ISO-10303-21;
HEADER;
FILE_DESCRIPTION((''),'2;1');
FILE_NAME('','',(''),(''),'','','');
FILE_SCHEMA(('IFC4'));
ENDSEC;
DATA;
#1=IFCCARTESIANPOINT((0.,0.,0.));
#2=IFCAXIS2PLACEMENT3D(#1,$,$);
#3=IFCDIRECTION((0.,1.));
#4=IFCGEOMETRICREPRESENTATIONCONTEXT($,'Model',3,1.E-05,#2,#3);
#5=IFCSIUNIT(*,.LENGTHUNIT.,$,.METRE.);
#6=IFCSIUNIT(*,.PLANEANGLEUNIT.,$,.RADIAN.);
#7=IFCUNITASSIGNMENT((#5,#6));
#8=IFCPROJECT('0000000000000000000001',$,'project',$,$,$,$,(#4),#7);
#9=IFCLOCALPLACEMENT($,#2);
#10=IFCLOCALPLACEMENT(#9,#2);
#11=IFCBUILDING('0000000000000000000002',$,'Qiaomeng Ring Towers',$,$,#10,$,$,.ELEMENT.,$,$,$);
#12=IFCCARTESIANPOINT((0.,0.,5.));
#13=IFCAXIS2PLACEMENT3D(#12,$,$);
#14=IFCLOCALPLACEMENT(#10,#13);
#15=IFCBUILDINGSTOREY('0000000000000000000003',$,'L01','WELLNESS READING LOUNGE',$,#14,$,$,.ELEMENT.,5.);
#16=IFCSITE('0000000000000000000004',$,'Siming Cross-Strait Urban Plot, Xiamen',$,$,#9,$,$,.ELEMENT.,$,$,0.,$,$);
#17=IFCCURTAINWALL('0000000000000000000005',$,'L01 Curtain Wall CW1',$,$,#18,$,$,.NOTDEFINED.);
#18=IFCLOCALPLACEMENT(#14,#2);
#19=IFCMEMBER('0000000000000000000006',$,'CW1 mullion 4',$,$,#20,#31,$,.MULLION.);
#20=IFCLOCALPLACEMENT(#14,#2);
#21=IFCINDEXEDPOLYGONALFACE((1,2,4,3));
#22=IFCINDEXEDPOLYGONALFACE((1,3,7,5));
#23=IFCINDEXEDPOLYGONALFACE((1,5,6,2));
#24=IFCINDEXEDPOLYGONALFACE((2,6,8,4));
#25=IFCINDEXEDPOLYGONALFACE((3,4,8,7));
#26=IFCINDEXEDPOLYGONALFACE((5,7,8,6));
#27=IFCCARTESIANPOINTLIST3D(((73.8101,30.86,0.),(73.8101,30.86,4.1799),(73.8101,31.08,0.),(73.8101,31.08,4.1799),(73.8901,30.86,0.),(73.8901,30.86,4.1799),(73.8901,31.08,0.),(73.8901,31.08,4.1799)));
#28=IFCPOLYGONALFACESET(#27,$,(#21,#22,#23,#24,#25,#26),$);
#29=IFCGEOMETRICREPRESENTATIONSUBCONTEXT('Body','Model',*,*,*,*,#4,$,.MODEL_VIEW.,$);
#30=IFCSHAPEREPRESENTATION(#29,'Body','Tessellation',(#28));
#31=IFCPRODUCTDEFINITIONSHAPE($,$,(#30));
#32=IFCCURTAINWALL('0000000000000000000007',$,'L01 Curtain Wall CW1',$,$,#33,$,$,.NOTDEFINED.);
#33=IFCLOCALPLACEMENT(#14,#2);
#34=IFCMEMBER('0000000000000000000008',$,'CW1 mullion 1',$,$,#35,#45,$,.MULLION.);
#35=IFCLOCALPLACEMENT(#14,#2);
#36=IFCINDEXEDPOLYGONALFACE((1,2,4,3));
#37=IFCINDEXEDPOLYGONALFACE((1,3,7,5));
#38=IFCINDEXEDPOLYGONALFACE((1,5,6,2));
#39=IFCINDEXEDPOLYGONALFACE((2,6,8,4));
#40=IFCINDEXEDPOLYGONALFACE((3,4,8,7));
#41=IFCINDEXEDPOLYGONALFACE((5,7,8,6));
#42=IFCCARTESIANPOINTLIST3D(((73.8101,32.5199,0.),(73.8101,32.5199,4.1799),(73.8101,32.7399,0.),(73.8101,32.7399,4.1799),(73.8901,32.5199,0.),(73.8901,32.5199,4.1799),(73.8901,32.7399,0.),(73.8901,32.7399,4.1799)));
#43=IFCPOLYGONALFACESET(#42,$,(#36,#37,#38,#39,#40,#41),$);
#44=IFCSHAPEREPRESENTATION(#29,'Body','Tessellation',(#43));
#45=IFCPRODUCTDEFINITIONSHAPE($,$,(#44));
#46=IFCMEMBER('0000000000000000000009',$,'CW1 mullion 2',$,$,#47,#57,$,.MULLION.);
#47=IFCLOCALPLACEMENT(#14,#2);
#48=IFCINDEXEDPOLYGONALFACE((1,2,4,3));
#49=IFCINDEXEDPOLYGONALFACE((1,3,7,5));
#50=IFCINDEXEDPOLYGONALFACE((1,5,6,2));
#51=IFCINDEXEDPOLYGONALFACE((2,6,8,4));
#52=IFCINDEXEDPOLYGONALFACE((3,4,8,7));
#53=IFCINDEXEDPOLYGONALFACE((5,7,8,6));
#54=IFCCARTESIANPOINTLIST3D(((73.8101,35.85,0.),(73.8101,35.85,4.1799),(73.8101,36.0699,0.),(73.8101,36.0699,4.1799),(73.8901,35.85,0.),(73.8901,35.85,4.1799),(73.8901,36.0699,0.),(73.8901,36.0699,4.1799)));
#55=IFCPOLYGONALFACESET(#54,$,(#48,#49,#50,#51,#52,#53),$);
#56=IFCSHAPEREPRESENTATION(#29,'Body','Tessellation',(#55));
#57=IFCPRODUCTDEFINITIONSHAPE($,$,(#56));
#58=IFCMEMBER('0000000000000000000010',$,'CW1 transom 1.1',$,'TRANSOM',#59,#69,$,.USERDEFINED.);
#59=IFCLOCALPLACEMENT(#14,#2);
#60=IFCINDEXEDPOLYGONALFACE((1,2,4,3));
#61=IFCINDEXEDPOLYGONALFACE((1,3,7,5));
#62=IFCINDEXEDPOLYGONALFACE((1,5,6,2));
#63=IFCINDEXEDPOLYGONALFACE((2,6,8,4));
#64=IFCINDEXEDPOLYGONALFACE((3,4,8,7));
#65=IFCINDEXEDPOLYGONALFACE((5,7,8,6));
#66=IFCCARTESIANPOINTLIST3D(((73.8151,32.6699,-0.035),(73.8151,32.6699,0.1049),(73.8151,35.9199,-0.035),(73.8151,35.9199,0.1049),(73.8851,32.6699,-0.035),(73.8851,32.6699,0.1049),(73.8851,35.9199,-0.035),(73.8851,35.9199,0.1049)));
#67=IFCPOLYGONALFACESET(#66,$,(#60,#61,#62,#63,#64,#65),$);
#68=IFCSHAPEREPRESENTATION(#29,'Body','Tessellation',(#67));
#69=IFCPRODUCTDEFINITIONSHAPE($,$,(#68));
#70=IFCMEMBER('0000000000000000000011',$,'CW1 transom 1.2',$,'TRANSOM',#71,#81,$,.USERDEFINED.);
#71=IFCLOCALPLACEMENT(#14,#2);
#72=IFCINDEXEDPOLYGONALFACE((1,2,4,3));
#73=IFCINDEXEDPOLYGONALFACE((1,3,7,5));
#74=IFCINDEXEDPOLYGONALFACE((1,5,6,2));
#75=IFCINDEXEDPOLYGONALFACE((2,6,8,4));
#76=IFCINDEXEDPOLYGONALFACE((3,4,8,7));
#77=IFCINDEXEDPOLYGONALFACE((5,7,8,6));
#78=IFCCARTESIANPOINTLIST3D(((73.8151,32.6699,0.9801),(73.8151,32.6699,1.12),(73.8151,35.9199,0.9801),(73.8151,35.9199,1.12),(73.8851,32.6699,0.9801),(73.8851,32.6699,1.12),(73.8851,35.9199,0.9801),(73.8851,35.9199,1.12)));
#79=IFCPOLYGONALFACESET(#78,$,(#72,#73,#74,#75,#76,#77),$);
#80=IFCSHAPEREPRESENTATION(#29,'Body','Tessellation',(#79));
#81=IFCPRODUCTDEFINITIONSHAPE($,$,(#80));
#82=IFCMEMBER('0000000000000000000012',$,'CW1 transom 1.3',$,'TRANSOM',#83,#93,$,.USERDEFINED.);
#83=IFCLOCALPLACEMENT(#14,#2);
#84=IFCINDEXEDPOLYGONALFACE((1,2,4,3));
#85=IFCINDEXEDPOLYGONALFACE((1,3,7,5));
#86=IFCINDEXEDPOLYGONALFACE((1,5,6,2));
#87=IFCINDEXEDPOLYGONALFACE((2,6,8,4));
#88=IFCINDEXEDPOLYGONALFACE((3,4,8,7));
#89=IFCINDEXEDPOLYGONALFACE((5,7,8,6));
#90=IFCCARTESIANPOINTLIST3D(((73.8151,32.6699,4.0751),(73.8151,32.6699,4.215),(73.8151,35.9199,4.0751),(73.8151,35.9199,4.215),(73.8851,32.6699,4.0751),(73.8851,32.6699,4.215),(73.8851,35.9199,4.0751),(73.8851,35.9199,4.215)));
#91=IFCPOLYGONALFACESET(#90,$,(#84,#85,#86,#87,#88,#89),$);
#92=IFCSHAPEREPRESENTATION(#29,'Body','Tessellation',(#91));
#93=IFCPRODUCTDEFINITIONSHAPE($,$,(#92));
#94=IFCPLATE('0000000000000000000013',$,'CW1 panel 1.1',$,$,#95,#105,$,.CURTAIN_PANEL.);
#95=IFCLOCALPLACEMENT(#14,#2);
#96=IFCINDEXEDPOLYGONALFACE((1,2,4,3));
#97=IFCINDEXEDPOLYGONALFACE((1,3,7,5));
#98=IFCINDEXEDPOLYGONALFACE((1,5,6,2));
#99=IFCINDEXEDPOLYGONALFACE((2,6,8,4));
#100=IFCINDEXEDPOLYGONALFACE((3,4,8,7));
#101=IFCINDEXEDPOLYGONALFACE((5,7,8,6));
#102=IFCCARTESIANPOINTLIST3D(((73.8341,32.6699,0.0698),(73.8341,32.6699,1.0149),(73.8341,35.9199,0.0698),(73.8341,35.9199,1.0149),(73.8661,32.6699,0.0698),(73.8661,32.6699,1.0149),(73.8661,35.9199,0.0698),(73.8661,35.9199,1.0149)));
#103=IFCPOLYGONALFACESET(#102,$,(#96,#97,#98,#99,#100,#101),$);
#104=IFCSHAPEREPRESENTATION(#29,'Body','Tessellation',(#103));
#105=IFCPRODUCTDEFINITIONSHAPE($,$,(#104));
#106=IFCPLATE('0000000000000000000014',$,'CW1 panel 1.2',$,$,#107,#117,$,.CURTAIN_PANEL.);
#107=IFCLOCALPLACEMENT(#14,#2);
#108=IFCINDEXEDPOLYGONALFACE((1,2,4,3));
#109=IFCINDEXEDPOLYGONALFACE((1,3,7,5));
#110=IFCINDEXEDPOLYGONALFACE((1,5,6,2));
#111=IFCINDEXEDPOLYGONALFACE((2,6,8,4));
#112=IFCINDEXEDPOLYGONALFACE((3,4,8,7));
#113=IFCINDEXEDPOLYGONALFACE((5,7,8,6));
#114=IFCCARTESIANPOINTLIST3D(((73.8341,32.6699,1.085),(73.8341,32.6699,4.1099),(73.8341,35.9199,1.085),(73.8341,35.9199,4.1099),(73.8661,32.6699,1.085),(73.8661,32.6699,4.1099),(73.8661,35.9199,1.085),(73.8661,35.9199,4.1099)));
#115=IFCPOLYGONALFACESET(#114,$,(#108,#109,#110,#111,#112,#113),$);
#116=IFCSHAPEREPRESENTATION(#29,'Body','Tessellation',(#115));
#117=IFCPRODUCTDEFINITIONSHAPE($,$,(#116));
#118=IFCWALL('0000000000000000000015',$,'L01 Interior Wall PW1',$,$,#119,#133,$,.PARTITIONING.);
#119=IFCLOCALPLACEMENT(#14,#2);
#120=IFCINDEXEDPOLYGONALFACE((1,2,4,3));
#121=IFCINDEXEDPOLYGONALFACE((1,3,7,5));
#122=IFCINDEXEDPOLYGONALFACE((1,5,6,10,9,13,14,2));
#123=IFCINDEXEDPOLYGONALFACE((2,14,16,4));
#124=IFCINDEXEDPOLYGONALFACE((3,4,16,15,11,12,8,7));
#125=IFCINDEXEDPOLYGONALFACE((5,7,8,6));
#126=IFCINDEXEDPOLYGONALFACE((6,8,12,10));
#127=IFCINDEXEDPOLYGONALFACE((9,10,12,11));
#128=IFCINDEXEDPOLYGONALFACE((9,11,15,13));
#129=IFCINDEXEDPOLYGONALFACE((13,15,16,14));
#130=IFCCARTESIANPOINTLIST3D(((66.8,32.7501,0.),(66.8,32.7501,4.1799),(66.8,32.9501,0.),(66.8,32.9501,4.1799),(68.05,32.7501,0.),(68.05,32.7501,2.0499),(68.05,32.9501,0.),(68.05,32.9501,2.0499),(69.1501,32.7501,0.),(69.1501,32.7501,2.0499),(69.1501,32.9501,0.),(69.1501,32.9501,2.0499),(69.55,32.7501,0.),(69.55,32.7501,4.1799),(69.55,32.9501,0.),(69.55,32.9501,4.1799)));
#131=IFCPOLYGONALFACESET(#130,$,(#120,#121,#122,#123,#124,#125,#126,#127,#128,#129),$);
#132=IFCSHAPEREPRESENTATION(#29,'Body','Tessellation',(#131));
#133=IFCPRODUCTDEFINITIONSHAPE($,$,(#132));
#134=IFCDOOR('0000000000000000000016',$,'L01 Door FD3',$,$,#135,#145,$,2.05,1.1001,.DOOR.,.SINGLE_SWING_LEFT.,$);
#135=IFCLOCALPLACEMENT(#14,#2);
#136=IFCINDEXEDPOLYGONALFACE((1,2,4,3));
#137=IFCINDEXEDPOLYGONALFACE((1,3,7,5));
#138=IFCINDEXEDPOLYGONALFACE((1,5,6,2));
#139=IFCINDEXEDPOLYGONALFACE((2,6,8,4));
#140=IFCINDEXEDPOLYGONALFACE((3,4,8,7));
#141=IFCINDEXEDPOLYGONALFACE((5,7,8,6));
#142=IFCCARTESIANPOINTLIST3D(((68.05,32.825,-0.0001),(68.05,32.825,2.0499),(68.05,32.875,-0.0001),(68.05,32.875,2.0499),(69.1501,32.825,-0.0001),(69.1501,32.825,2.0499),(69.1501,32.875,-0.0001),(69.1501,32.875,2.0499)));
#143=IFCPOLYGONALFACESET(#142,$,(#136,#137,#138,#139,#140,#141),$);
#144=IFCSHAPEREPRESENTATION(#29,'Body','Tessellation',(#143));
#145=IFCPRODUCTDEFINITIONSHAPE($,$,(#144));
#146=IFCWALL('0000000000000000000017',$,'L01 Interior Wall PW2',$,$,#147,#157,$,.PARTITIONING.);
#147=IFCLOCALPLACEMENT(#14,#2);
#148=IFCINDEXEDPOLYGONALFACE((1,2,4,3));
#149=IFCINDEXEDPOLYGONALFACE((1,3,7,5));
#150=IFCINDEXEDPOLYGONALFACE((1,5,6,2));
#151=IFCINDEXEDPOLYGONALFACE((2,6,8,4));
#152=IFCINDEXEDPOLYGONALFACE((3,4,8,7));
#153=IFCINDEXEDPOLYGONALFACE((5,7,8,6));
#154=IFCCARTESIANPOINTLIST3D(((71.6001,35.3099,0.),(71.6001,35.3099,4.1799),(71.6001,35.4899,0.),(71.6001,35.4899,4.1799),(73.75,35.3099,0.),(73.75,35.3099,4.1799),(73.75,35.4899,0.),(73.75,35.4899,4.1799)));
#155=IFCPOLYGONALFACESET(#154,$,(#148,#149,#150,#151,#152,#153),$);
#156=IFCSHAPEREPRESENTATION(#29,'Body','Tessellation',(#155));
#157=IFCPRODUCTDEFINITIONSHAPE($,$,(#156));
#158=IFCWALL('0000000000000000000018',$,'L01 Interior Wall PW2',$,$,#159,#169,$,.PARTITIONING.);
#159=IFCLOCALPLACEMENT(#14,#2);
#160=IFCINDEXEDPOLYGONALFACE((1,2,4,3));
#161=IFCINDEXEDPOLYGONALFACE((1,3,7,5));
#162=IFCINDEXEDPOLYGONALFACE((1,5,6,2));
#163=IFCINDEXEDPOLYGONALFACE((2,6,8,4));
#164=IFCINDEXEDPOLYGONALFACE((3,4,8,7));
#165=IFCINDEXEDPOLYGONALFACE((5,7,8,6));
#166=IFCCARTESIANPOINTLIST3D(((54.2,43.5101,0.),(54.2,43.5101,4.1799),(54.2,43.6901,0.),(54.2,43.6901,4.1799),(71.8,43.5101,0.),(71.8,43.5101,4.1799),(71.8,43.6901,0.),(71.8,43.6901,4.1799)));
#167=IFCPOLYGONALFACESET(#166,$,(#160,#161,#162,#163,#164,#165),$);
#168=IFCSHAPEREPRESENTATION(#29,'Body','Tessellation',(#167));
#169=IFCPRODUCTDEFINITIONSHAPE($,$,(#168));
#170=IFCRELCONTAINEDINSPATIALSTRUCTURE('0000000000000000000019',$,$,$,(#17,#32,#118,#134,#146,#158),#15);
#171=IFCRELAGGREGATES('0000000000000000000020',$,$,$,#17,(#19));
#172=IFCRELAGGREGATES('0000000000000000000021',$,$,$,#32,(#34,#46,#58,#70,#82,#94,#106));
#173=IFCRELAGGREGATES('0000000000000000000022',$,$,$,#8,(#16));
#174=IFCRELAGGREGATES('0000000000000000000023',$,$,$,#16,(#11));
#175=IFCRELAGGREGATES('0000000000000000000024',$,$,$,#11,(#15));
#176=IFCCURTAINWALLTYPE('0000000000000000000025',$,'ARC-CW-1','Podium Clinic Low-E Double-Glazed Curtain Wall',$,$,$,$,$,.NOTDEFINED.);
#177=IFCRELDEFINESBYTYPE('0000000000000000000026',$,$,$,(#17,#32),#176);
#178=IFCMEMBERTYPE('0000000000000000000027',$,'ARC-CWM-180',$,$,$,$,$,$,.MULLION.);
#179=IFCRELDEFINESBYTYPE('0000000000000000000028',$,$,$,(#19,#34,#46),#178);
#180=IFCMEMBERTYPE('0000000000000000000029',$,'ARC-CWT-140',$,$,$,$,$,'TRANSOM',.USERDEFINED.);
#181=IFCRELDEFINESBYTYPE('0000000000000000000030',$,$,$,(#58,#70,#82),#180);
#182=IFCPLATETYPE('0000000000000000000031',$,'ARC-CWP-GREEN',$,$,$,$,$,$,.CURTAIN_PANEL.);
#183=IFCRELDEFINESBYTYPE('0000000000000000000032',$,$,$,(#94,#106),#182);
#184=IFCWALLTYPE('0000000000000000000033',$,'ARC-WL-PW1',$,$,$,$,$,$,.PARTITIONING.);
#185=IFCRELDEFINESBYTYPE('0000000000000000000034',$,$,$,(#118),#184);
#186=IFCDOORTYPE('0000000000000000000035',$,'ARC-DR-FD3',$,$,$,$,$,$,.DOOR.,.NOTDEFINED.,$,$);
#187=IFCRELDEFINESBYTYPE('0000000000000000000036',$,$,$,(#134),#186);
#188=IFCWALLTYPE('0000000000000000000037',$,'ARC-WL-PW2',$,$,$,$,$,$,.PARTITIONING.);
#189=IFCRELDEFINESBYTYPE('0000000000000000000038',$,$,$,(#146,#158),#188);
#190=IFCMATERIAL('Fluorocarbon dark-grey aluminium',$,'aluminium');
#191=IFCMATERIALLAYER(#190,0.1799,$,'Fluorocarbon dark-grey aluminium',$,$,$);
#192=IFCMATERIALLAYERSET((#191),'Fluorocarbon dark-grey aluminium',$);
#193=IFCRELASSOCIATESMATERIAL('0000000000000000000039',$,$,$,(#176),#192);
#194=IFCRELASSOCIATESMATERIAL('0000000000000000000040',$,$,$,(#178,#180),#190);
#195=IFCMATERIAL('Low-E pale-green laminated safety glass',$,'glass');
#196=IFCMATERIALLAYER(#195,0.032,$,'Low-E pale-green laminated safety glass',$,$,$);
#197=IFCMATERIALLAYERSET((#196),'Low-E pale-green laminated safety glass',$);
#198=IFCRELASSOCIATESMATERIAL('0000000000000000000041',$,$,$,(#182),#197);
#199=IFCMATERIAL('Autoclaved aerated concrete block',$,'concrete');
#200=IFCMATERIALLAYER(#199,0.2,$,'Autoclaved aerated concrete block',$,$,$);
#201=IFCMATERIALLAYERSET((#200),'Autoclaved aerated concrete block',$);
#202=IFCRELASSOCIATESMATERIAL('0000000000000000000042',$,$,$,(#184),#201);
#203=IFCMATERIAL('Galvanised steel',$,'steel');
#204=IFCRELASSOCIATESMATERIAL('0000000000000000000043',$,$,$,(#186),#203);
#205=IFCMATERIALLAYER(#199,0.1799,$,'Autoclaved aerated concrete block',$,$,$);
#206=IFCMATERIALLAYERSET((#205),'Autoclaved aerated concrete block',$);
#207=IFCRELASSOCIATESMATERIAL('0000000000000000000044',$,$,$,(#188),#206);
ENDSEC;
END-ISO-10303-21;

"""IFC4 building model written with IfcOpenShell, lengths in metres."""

from ifc_helpers import new_model, si_unit, direction, frame, frame_2d, origin, origin_2d, place, context, subcontext, project, spatial, rectangle, extrude, source, transform, mapped, material, layer, layer_set, material_profile, profile_set, type_object, element, fill, aggregate, save


model = new_model("IFC4")

# Units and contexts
model_context = context("Model", 3, precision=1e-05, world=origin(), true_north=direction((0.0, 1.0)))
body_context = subcontext(model_context, "Body", "Model", "MODEL_VIEW")
ifc_project = project(units=[si_unit("LENGTHUNIT", "METRE"), si_unit("PLANEANGLEUNIT", "RADIAN")], contexts=[model_context])

# Site, building, storey
site_placement = place(None, origin())
site = spatial("IfcSite", under=ifc_project, at=site_placement, Name="Siming Cross-Strait Urban Plot, Xiamen", CompositionType="ELEMENT", RefElevation=0.0)
building_placement = place(site_placement, origin())
building = spatial("IfcBuilding", under=site, at=building_placement, Name="Qiaomeng Ring Towers", CompositionType="ELEMENT")
storey_placement = place(building_placement, frame((0.0, 0.0, 5.0)))
storey = spatial("IfcBuildingStorey", under=building, at=storey_placement, Name="L01", Description="WELLNESS READING LOUNGE", CompositionType="ELEMENT", Elevation=5.0)

# Curtain wall, member
ifc_material_1 = material(Name="Fluorocarbon dark-grey aluminium", Category="aluminium")
ifc_layer_1 = layer(ifc_material_1, 0.1799, Name="Fluorocarbon dark-grey aluminium")
ifc_layer_set_1 = layer_set([ifc_layer_1], Name="Fluorocarbon dark-grey aluminium")
curtain_wall_type = type_object("IfcCurtainWallType", Name="ARC-CW-1", Description="Podium Clinic Low-E Double-Glazed Curtain Wall", PredefinedType="NOTDEFINED", material=ifc_layer_set_1)
curtain_wall_1_placement = place(storey_placement, origin())
curtain_wall_1 = element("IfcCurtainWall", 1, at=curtain_wall_1_placement, inside=storey, type_object=curtain_wall_type, Name="L01 Curtain Wall CW1", PredefinedType="NOTDEFINED")
ifc_material_profile_1 = material_profile(ifc_material_1, rectangle(XDim=0.0801, YDim=0.22, at=origin_2d()), Name="ALU MULL 80x220")
ifc_profile_set_1 = profile_set([ifc_material_profile_1], Name="Fluorocarbon dark-grey aluminium")
member_type_1 = type_object("IfcMemberType", Name="ARC-CWM-180", PredefinedType="MULLION", material=ifc_profile_set_1)
shared_shape_1 = source(origin(), body_context, "Body", "SweptSolid", [
    extrude(rectangle(XDim=0.0801, YDim=0.22, at=origin_2d()), origin(), (0.0, 0.0, 1.0), 4.1799),
])
member_1_placement = place(storey_placement, frame((73.8501, 30.97, 0.0), z_axis=(0.0, 0.0, 1.0), x_axis=(-1.0, 0.0, 0.0)))
member_1 = element("IfcMember", 2, at=member_1_placement, type_object=member_type_1, Name="CW1 mullion 4", PredefinedType="MULLION", context=body_context, shape_type="MappedRepresentation", body=[
    mapped(shared_shape_1, transform((0.0, 0.0, 0.0), x_axis=(1.0, 0.0, 0.0), y_axis=(0.0, 1.0, 0.0), z_axis=(0.0, 0.0, 1.0), scale=1.0)),
])
aggregate(curtain_wall_1, [member_1])

# Curtain wall, members, plates
curtain_wall_2_placement = place(storey_placement, origin())
curtain_wall_2 = element("IfcCurtainWall", 3, at=curtain_wall_2_placement, inside=storey, type_object=curtain_wall_type, Name="L01 Curtain Wall CW1", PredefinedType="NOTDEFINED")
member_2_placement = place(storey_placement, frame((73.8501, 32.6299, 0.0), z_axis=(0.0, 0.0, 1.0), x_axis=(-1.0, 0.0, 0.0)))
member_2 = element("IfcMember", 4, at=member_2_placement, type_object=member_type_1, Name="CW1 mullion 1", PredefinedType="MULLION", context=body_context, shape_type="MappedRepresentation", body=[
    mapped(shared_shape_1, transform((0.0, 0.0, 0.0), x_axis=(1.0, 0.0, 0.0), y_axis=(0.0, 1.0, 0.0), z_axis=(0.0, 0.0, 1.0), scale=1.0)),
])
member_3_placement = place(storey_placement, frame((73.8501, 35.96, 0.0), z_axis=(0.0, 0.0, 1.0), x_axis=(-1.0, 0.0, 0.0)))
member_3 = element("IfcMember", 5, at=member_3_placement, type_object=member_type_1, Name="CW1 mullion 2", PredefinedType="MULLION", context=body_context, shape_type="MappedRepresentation", body=[
    mapped(shared_shape_1, transform((0.0, 0.0, 0.0), x_axis=(1.0, 0.0, 0.0), y_axis=(0.0, 1.0, 0.0), z_axis=(0.0, 0.0, 1.0), scale=1.0)),
])
ifc_material_profile_2 = material_profile(ifc_material_1, rectangle(XDim=0.0701, YDim=0.1399, at=origin_2d()), Name="ALU TRAN 70x140")
ifc_profile_set_2 = profile_set([ifc_material_profile_2], Name="Fluorocarbon dark-grey aluminium")
member_type_2 = type_object("IfcMemberType", Name="ARC-CWT-140", ElementType="TRANSOM", PredefinedType="USERDEFINED", material=ifc_profile_set_2)
shared_shape_2 = source(origin(), body_context, "Body", "SweptSolid", [
    extrude(rectangle(XDim=0.0701, YDim=0.1399, at=origin_2d()), origin(), (0.0, 0.0, 1.0), 3.25),
])
member_4_placement = place(storey_placement, frame((73.8501, 32.6699, 0.0349), z_axis=(0.0, 1.0, 0.0), x_axis=(-1.0, 0.0, 0.0)))
member_4 = element("IfcMember", 6, at=member_4_placement, type_object=member_type_2, Name="CW1 transom 1.1", ObjectType="TRANSOM", PredefinedType="USERDEFINED", context=body_context, shape_type="MappedRepresentation", body=[
    mapped(shared_shape_2, transform((0.0, 0.0, 0.0), x_axis=(1.0, 0.0, 0.0), y_axis=(0.0, 1.0, 0.0), z_axis=(0.0, 0.0, 1.0), scale=1.0)),
])
member_5_placement = place(storey_placement, frame((73.8501, 32.6699, 1.05), z_axis=(0.0, 1.0, 0.0), x_axis=(-1.0, 0.0, 0.0)))
member_5 = element("IfcMember", 7, at=member_5_placement, type_object=member_type_2, Name="CW1 transom 1.2", ObjectType="TRANSOM", PredefinedType="USERDEFINED", context=body_context, shape_type="MappedRepresentation", body=[
    mapped(shared_shape_2, transform((0.0, 0.0, 0.0), x_axis=(1.0, 0.0, 0.0), y_axis=(0.0, 1.0, 0.0), z_axis=(0.0, 0.0, 1.0), scale=1.0)),
])
member_6_placement = place(storey_placement, frame((73.8501, 32.6699, 4.145), z_axis=(0.0, 1.0, 0.0), x_axis=(-1.0, 0.0, 0.0)))
member_6 = element("IfcMember", 8, at=member_6_placement, type_object=member_type_2, Name="CW1 transom 1.3", ObjectType="TRANSOM", PredefinedType="USERDEFINED", context=body_context, shape_type="MappedRepresentation", body=[
    mapped(shared_shape_2, transform((0.0, 0.0, 0.0), x_axis=(1.0, 0.0, 0.0), y_axis=(0.0, 1.0, 0.0), z_axis=(0.0, 0.0, 1.0), scale=1.0)),
])
ifc_material_2 = material(Name="Low-E pale-green laminated safety glass", Category="glass")
ifc_layer_2 = layer(ifc_material_2, 0.032, Name="Low-E pale-green laminated safety glass")
ifc_layer_set_2 = layer_set([ifc_layer_2], Name="Low-E pale-green laminated safety glass")
plate_type = type_object("IfcPlateType", Name="ARC-CWP-GREEN", PredefinedType="CURTAIN_PANEL", material=ifc_layer_set_2)
shared_shape_3 = source(origin(), body_context, "Body", "SweptSolid", [
    extrude(rectangle(XDim=3.25, YDim=0.032, at=origin_2d()), origin(), (0.0, 0.0, 1.0), 0.9451),
])
plate_1_placement = place(storey_placement, frame((73.8501, 34.2949, 0.0698), z_axis=(0.0, 0.0, 1.0), x_axis=(0.0, 1.0, 0.0)))
plate_1 = element("IfcPlate", 9, at=plate_1_placement, type_object=plate_type, Name="CW1 panel 1.1", PredefinedType="CURTAIN_PANEL", context=body_context, shape_type="MappedRepresentation", body=[
    mapped(shared_shape_3, transform((0.0, 0.0, 0.0), x_axis=(1.0, 0.0, 0.0), y_axis=(0.0, 1.0, 0.0), z_axis=(0.0, 0.0, 1.0), scale=1.0)),
])
shared_shape_4 = source(origin(), body_context, "Body", "SweptSolid", [
    extrude(rectangle(XDim=3.25, YDim=0.032, at=origin_2d()), origin(), (0.0, 0.0, 1.0), 3.0249),
])
plate_2_placement = place(storey_placement, frame((73.8501, 34.2949, 1.085), z_axis=(0.0, 0.0, 1.0), x_axis=(0.0, 1.0, 0.0)))
plate_2 = element("IfcPlate", 10, at=plate_2_placement, type_object=plate_type, Name="CW1 panel 1.2", PredefinedType="CURTAIN_PANEL", context=body_context, shape_type="MappedRepresentation", body=[
    mapped(shared_shape_4, transform((0.0, 0.0, 0.0), x_axis=(1.0, 0.0, 0.0), y_axis=(0.0, 1.0, 0.0), z_axis=(0.0, 0.0, 1.0), scale=1.0)),
])
aggregate(curtain_wall_2, [member_2, member_3, member_4, member_5, member_6, plate_1, plate_2])

# Wall, opening, door
ifc_material_3 = material(Name="Autoclaved aerated concrete block", Category="concrete")
ifc_layer_3 = layer(ifc_material_3, 0.2, Name="Autoclaved aerated concrete block")
ifc_layer_set_3 = layer_set([ifc_layer_3], Name="Autoclaved aerated concrete block")
wall_type_1 = type_object("IfcWallType", Name="ARC-WL-PW1", PredefinedType="PARTITIONING", material=ifc_layer_set_3)
wall_1_placement = place(storey_placement, frame((66.8, 32.8501, 0.0), z_axis=(0.0, 0.0, 1.0), x_axis=(1.0, 0.0, 0.0)))
wall_1 = element("IfcWall", 11, at=wall_1_placement, inside=storey, type_object=wall_type_1, Name="L01 Interior Wall PW1", PredefinedType="PARTITIONING", context=body_context, shape_type="SweptSolid", body=[
    extrude(rectangle(XDim=2.75, YDim=0.2, at=frame_2d((1.375, 0.0))), origin(), (0.0, 0.0, 1.0), 4.1799),
])
opening_placement = place(wall_1_placement, frame((1.25, 0.0, 0.0)))
opening = element("IfcOpeningElement", 12, at=opening_placement, cuts=wall_1, PredefinedType="OPENING", context=body_context, shape_type="SweptSolid", body=[
    extrude(rectangle(XDim=1.1001, YDim=2.05, at=frame_2d((0.55, 1.0249))), frame((0.0, 0.1099, 0.0), z_axis=(0.0, -1.0, 0.0), x_axis=(1.0, 0.0, 0.0)), (0.0, 0.0, 1.0), 0.22),
])
ifc_material_4 = material(Name="Galvanised steel", Category="steel")
door_type = type_object("IfcDoorType", Name="ARC-DR-FD3", OperationType="NOTDEFINED", PredefinedType="DOOR", material=ifc_material_4)
shared_shape_5 = source(origin(), body_context, "Body", "SweptSolid", [
    extrude(rectangle(XDim=1.1001, YDim=2.05, at=frame_2d((0.55, 1.0249))), frame((0.0, 0.0249, 0.0), z_axis=(0.0, -1.0, 0.0), x_axis=(1.0, 0.0, 0.0)), (0.0, 0.0, 1.0), 0.05),
])
door_placement = place(opening_placement, origin())
door = element("IfcDoor", 13, at=door_placement, inside=storey, type_object=door_type, Name="L01 Door FD3", OperationType="SINGLE_SWING_LEFT", OverallHeight=2.05, OverallWidth=1.1001, PredefinedType="DOOR", context=body_context, shape_type="MappedRepresentation", body=[
    mapped(shared_shape_5, transform((0.0, 0.0, 0.0), x_axis=(1.0, 0.0, 0.0), y_axis=(0.0, 1.0, 0.0), z_axis=(0.0, 0.0, 1.0), scale=1.0)),
])
fill(opening, door)

# Walls
ifc_layer_4 = layer(ifc_material_3, 0.1799, Name="Autoclaved aerated concrete block")
ifc_layer_set_4 = layer_set([ifc_layer_4], Name="Autoclaved aerated concrete block")
wall_type_2 = type_object("IfcWallType", Name="ARC-WL-PW2", PredefinedType="PARTITIONING", material=ifc_layer_set_4)
wall_2_placement = place(storey_placement, frame((71.6001, 35.3999, 0.0), z_axis=(0.0, 0.0, 1.0), x_axis=(1.0, 0.0, 0.0)))
element("IfcWall", 14, at=wall_2_placement, inside=storey, type_object=wall_type_2, Name="L01 Interior Wall PW2", PredefinedType="PARTITIONING", context=body_context, shape_type="SweptSolid", body=[
    extrude(rectangle(XDim=2.1499, YDim=0.1799, at=frame_2d((1.075, 0.0))), origin(), (0.0, 0.0, 1.0), 4.1799),
])
wall_3_placement = place(storey_placement, frame((54.2, 43.6001, 0.0), z_axis=(0.0, 0.0, 1.0), x_axis=(1.0, 0.0, 0.0)))
element("IfcWall", 15, at=wall_3_placement, inside=storey, type_object=wall_type_2, Name="L01 Interior Wall PW2", PredefinedType="PARTITIONING", context=body_context, shape_type="SweptSolid", body=[
    extrude(rectangle(XDim=17.6001, YDim=0.1799, at=frame_2d((8.8, 0.0))), origin(), (0.0, 0.0, 1.0), 4.1799),
])

save(model, "model.ifc")
